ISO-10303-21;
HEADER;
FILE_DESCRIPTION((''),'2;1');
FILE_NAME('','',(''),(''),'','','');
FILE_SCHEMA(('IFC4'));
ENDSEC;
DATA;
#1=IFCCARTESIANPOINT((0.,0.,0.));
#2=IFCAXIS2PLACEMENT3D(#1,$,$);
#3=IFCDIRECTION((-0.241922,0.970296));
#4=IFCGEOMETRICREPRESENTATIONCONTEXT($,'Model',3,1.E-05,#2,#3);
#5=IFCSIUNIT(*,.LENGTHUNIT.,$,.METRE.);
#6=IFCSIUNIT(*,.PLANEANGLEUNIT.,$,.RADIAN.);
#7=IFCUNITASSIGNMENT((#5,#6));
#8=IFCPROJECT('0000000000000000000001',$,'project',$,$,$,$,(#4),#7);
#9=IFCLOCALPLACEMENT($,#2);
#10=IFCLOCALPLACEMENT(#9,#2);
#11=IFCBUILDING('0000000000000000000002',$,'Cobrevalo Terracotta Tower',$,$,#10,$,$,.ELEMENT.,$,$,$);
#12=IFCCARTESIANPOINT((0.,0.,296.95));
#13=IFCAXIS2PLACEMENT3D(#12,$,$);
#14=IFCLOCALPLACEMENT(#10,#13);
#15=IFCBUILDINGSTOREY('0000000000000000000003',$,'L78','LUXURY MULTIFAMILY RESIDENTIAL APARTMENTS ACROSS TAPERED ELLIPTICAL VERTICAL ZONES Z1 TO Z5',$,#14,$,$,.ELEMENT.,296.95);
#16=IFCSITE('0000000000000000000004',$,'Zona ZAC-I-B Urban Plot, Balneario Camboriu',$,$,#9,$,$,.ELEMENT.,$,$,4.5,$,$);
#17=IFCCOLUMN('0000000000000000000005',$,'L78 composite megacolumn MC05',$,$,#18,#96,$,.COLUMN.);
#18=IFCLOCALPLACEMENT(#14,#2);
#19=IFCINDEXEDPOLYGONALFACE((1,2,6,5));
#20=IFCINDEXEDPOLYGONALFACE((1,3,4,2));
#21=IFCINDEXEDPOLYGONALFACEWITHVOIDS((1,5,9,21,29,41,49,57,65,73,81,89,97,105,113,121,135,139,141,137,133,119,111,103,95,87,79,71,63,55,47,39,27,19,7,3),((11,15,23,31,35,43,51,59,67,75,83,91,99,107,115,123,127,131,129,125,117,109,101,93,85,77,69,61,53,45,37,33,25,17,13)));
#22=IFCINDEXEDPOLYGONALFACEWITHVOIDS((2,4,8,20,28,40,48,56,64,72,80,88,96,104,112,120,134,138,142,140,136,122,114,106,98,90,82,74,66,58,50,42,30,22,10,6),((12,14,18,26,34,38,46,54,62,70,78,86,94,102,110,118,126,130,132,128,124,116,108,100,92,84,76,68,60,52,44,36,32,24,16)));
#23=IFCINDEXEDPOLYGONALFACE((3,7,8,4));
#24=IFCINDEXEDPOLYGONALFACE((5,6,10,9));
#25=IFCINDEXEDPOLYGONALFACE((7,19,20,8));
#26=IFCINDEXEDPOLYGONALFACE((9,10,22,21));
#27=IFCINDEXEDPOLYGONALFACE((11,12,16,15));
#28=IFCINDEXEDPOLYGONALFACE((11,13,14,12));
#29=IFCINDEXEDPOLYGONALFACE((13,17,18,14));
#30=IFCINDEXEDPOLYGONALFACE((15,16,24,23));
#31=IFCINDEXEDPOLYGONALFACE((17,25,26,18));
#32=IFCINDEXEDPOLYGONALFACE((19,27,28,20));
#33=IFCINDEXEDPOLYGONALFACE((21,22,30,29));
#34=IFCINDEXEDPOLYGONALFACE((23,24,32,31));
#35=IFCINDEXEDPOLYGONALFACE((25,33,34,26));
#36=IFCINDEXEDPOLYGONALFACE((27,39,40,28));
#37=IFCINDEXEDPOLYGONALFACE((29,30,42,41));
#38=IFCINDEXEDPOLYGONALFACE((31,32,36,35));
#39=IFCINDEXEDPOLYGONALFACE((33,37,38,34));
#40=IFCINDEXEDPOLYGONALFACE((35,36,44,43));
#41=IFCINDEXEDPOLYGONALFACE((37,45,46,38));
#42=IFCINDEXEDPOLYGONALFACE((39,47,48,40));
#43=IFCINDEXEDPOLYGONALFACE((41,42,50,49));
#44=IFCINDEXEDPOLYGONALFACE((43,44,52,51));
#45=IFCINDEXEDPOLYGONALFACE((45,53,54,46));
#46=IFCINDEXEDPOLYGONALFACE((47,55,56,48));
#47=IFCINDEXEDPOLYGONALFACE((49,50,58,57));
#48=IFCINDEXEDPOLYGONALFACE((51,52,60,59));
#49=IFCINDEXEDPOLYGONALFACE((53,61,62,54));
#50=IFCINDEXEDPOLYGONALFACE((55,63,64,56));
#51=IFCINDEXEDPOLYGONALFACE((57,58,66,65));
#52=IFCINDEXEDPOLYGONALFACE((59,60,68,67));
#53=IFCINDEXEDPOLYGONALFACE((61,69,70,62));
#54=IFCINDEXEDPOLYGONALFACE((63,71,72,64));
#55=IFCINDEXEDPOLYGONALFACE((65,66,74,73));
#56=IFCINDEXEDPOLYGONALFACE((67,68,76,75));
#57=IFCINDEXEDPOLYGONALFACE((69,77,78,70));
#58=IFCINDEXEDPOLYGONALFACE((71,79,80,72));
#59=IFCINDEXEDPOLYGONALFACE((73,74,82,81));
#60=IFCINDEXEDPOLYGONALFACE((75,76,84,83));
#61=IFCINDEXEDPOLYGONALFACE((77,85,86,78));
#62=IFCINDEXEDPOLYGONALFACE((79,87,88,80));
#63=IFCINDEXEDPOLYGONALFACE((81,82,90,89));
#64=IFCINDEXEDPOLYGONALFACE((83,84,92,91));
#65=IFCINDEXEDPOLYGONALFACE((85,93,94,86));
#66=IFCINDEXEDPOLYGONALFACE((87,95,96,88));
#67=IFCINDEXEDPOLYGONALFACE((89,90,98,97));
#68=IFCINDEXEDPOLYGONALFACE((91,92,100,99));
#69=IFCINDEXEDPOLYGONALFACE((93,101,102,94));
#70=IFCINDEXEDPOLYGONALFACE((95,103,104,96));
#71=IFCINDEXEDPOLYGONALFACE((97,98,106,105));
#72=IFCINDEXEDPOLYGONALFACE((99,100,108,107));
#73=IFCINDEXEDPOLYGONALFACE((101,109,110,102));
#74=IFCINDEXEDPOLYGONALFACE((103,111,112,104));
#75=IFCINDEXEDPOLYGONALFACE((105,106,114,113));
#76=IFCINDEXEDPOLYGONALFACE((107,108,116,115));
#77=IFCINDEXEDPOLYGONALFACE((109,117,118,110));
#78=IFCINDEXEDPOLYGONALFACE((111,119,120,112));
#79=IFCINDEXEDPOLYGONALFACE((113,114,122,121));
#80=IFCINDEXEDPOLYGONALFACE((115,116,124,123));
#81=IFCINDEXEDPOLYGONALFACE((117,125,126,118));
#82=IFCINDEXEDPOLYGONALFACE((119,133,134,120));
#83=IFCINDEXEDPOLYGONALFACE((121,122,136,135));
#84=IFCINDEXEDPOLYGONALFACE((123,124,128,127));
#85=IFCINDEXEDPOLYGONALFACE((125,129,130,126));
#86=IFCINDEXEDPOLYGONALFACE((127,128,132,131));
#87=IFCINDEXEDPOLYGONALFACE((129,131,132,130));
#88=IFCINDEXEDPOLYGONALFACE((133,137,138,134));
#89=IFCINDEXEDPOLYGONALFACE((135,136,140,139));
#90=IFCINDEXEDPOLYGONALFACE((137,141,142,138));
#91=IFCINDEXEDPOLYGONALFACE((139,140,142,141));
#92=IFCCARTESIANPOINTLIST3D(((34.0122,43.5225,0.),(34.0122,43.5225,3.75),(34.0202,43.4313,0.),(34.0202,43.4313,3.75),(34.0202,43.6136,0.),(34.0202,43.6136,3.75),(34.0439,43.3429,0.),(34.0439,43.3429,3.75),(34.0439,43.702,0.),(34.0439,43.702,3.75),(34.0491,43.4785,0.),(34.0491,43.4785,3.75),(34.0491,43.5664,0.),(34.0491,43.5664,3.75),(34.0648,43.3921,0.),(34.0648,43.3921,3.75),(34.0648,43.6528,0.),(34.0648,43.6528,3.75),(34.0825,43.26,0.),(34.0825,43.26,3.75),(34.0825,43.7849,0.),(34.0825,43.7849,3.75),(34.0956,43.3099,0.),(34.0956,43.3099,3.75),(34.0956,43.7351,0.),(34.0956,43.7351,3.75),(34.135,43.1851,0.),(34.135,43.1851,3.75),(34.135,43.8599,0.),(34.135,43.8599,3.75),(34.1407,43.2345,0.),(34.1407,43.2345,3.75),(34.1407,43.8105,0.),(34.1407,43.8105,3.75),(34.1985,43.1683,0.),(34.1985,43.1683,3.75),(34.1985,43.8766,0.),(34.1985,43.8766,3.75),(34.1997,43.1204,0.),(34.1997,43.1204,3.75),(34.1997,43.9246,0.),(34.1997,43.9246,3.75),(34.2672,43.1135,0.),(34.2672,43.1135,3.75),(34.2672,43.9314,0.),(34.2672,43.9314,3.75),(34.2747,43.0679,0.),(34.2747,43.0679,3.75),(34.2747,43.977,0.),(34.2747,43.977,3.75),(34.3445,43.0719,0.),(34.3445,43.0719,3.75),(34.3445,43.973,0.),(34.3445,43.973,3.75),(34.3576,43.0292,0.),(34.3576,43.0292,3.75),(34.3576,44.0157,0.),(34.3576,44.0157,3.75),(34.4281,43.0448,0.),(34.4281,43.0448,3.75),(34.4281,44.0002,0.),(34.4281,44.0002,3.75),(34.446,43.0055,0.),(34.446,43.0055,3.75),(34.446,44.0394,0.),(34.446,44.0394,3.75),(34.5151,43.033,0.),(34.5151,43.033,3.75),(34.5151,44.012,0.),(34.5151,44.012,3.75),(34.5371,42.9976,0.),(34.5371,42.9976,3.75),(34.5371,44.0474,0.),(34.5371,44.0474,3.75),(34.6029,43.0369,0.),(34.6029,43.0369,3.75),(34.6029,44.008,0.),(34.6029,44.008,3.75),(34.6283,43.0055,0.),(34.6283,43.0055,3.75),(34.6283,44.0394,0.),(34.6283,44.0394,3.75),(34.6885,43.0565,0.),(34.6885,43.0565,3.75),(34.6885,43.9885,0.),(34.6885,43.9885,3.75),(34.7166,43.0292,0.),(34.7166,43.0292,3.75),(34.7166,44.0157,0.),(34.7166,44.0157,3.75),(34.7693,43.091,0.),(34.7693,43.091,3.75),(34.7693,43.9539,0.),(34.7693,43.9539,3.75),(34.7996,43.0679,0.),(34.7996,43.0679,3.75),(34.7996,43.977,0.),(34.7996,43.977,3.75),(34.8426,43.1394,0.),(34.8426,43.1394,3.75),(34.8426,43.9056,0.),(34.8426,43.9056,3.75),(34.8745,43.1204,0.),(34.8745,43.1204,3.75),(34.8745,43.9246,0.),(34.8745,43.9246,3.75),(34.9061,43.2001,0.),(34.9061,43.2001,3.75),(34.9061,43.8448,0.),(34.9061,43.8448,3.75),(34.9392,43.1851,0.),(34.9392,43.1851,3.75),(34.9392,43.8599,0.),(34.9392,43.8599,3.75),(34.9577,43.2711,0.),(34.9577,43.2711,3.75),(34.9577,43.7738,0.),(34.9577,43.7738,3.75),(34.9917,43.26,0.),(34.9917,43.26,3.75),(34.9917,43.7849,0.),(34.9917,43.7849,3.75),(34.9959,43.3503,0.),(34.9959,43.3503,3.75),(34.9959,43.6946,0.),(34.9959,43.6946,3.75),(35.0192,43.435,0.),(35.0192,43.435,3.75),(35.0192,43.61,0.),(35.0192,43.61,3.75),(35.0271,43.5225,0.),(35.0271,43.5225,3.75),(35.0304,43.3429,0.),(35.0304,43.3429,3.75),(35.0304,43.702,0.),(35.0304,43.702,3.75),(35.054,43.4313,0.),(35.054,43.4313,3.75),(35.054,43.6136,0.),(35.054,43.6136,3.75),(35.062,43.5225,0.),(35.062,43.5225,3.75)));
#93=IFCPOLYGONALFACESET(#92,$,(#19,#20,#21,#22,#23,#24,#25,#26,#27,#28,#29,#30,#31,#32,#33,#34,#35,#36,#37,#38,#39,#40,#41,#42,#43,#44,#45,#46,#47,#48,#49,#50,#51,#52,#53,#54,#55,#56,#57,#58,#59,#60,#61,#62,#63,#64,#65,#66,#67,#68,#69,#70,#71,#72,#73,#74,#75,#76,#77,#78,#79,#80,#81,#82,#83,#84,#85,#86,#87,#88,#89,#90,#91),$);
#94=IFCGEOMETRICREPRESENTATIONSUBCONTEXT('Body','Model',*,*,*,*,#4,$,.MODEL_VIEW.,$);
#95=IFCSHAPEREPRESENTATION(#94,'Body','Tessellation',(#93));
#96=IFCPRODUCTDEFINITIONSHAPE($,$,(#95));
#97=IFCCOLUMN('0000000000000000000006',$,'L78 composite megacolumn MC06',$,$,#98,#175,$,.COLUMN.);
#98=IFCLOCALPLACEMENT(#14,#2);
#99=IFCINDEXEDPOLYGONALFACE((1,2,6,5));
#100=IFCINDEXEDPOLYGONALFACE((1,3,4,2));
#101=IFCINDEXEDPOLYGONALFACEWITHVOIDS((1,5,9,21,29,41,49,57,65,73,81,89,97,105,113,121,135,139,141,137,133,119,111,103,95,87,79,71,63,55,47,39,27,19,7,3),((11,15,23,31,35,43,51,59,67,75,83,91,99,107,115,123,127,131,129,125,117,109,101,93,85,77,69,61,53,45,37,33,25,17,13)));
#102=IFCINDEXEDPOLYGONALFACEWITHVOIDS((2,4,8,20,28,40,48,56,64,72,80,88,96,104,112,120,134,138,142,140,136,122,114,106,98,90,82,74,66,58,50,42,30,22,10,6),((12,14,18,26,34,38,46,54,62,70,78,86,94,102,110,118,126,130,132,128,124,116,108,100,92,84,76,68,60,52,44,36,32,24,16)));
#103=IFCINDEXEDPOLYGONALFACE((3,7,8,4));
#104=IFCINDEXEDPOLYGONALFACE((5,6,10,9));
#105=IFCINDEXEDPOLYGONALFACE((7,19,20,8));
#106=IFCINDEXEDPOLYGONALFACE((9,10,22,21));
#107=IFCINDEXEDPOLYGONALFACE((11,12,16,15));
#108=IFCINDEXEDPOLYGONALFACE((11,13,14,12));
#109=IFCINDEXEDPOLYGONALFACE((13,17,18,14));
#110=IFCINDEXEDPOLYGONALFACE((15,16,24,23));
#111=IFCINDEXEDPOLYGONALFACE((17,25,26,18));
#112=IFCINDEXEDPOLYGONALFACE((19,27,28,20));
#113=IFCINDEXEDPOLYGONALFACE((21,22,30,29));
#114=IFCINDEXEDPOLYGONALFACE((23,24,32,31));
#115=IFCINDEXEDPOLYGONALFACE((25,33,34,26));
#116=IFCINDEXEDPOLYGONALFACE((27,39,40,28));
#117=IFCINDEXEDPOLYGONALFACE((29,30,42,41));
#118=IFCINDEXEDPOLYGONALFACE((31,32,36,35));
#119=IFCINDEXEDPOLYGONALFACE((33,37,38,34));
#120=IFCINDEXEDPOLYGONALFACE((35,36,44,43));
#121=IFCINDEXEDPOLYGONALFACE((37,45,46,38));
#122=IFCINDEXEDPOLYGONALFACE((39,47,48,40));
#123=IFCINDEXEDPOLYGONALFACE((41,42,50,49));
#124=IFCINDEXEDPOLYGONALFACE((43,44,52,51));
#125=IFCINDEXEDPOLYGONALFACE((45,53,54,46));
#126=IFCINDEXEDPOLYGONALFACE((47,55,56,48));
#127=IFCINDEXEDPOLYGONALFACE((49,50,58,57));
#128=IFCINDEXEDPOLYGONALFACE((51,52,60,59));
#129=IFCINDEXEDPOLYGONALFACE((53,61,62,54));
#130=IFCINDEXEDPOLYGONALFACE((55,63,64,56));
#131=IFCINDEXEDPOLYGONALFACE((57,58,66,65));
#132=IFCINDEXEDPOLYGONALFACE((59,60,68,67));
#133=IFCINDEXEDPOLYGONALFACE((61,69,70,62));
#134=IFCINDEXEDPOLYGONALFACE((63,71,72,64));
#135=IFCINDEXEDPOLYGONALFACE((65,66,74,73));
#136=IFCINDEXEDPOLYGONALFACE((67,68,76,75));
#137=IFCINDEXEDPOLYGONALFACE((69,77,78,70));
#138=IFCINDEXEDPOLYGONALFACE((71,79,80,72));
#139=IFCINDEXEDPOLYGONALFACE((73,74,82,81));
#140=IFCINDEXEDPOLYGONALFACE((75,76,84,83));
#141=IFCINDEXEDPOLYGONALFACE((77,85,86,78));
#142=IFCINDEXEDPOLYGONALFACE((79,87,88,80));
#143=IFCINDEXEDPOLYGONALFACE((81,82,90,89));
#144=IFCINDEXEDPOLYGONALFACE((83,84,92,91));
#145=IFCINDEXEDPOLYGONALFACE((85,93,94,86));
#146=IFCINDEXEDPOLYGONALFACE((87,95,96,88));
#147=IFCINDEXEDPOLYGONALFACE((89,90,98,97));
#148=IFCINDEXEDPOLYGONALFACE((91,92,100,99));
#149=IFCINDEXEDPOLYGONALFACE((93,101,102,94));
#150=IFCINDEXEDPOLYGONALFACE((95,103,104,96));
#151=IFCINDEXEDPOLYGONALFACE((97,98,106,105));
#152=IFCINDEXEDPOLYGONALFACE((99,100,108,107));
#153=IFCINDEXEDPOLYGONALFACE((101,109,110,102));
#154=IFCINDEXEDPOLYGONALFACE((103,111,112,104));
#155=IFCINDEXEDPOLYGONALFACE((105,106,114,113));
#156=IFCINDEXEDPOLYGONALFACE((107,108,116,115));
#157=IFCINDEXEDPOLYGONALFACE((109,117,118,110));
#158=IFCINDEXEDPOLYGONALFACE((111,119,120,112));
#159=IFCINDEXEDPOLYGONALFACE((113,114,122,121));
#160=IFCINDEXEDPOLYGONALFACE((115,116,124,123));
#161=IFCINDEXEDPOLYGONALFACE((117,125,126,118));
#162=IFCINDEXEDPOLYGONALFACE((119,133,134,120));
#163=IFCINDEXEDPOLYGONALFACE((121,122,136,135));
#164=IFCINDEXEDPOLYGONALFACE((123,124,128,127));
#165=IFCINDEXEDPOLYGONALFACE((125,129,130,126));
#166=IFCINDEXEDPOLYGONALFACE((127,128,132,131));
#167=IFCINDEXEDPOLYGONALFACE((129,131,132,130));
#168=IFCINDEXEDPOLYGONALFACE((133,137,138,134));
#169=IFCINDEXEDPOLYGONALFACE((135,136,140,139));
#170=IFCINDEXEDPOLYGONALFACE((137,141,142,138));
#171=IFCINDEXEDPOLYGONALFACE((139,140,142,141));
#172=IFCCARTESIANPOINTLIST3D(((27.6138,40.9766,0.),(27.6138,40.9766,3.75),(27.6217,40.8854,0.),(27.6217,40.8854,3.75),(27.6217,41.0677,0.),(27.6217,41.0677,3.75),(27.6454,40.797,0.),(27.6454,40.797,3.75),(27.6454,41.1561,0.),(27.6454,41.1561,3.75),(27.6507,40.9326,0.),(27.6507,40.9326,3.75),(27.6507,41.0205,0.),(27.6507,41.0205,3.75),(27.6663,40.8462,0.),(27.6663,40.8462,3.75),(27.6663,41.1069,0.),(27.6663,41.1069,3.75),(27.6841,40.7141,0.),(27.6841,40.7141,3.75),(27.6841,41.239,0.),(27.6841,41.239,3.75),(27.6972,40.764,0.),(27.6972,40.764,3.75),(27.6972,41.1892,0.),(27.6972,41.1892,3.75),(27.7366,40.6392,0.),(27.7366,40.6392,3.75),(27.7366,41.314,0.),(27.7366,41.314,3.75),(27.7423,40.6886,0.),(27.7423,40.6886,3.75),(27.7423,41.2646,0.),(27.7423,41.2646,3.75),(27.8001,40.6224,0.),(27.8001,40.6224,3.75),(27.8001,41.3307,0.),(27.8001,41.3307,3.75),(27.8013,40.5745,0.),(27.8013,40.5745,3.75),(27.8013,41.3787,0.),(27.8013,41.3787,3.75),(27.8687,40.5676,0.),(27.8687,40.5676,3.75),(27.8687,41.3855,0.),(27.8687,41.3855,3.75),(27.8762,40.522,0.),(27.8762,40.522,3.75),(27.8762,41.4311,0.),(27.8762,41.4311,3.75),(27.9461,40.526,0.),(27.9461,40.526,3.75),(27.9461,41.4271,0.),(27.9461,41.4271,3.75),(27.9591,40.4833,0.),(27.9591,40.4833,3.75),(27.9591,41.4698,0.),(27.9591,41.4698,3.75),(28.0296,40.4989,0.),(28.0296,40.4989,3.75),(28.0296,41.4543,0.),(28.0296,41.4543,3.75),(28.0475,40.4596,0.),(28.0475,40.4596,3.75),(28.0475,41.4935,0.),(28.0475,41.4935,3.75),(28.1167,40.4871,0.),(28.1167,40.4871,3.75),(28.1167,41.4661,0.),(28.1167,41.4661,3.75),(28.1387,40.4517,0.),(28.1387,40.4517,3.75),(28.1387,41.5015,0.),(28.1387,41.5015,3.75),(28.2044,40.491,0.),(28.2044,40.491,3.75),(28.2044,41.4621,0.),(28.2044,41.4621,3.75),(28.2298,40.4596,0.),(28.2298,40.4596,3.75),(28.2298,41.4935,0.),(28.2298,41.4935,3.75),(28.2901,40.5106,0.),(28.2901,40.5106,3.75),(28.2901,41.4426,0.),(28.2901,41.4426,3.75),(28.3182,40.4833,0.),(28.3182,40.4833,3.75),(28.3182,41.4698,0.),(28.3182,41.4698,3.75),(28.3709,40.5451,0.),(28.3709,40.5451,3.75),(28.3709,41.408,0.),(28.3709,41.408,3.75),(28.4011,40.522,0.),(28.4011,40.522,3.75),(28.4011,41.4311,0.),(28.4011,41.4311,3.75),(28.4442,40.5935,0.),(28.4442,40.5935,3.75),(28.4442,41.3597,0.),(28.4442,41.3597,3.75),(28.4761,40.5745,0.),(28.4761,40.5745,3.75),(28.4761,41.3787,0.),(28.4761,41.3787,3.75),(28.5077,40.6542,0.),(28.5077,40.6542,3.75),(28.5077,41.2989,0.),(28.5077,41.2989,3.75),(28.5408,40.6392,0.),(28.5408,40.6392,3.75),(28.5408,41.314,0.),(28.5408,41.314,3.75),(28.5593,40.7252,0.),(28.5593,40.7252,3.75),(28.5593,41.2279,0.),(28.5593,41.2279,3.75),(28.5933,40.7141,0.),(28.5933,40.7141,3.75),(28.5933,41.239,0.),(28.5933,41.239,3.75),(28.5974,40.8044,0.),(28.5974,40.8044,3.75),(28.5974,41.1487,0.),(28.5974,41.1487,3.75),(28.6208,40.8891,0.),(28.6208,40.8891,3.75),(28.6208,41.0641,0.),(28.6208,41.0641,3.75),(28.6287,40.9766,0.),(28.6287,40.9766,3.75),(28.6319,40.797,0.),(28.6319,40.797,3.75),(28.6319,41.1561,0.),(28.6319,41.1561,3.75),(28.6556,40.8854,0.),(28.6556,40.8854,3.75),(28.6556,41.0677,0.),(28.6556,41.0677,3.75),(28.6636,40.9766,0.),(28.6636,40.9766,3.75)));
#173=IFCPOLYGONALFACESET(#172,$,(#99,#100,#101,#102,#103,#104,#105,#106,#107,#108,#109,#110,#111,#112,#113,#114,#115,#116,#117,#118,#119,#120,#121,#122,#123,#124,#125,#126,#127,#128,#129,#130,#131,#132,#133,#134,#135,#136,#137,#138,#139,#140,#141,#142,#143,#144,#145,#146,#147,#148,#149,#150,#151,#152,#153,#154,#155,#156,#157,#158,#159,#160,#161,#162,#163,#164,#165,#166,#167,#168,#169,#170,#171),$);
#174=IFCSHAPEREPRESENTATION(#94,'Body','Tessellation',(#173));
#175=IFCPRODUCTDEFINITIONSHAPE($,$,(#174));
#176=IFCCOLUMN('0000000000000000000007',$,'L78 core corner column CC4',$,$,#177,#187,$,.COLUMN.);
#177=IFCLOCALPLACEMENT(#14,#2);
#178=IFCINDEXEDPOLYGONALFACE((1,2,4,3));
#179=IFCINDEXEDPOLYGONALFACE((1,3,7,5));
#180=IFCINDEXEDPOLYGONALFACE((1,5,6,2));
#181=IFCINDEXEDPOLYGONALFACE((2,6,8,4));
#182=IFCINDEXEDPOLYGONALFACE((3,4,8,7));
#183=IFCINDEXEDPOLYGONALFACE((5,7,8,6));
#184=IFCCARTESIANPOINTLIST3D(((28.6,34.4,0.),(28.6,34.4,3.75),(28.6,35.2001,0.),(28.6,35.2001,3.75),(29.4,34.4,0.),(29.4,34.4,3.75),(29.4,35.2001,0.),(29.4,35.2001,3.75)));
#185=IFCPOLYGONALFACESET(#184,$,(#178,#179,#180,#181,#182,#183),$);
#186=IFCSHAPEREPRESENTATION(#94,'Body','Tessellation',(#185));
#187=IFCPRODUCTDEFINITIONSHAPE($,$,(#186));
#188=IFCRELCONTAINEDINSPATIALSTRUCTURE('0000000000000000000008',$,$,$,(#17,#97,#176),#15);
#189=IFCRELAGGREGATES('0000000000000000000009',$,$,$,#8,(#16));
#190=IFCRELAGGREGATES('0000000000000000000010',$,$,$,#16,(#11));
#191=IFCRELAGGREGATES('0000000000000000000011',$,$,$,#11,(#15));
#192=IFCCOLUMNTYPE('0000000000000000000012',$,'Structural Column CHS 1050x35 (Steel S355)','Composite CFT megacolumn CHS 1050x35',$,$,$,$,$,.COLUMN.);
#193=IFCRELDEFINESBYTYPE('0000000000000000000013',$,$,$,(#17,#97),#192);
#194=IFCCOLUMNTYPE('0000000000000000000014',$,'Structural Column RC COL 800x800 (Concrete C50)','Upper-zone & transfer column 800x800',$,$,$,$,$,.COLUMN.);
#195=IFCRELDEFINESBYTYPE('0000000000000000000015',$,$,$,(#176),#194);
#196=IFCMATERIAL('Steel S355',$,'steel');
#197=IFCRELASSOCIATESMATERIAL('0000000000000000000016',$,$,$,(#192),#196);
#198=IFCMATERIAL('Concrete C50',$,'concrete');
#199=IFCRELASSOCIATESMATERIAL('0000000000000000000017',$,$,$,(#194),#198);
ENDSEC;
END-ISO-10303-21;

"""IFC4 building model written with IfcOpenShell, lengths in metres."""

from ifc_helpers import new_model, si_unit, direction, frame, origin, origin_2d, place, context, subcontext, project, spatial, rectangle, hollow_circle, extrude, material, material_profile, profile_set, type_object, element, save


model = new_model("IFC4")

# Units and contexts
model_context = context("Model", 3, precision=1e-05, world=origin(), true_north=direction((-0.241922, 0.970296)))
body_context = subcontext(model_context, "Body", "Model", "MODEL_VIEW")
ifc_project = project(units=[si_unit("LENGTHUNIT", "METRE"), si_unit("PLANEANGLEUNIT", "RADIAN")], contexts=[model_context])

# Site, building, storey
site_placement = place(None, origin())
site = spatial("IfcSite", under=ifc_project, at=site_placement, Name="Zona ZAC-I-B Urban Plot, Balneario Camboriu", CompositionType="ELEMENT", RefElevation=4.5)
building_placement = place(site_placement, origin())
building = spatial("IfcBuilding", under=site, at=building_placement, Name="Cobrevalo Terracotta Tower", CompositionType="ELEMENT")
storey_placement = place(building_placement, frame((0.0, 0.0, 296.95)))
storey = spatial("IfcBuildingStorey", under=building, at=storey_placement, Name="L78", Description="LUXURY MULTIFAMILY RESIDENTIAL APARTMENTS ACROSS TAPERED ELLIPTICAL VERTICAL ZONES Z1 TO Z5", CompositionType="ELEMENT", Elevation=296.95)

# Columns
ifc_material_1 = material(Name="Steel S355", Category="steel")
ifc_material_profile_1 = material_profile(ifc_material_1, hollow_circle(Radius=0.5249, WallThickness=0.0349, at=origin_2d()), Name="CHS 1050x35")
ifc_profile_set_1 = profile_set([ifc_material_profile_1], Name="Steel S355")
column_type_1 = type_object("IfcColumnType", Name="Structural Column CHS 1050x35 (Steel S355)", Description="Composite CFT megacolumn CHS 1050x35", PredefinedType="COLUMN", material=ifc_profile_set_1)
for number, where, z_axis, x_axis, name in (
    (1, (34.5371, 43.5225, 0.0), (0.0, 0.0, 1.0), (1.0, 0.0, 0.0), "L78 composite megacolumn MC05"),
    (2, (28.1387, 40.9766, 0.0), (0.0, 0.0, 1.0), (1.0, 0.0, 0.0), "L78 composite megacolumn MC06"),
):
    element("IfcColumn", number, at=place(storey_placement, frame(where, z_axis=z_axis, x_axis=x_axis)), inside=storey, type_object=column_type_1, Name=name, PredefinedType="COLUMN", context=body_context, shape_type="SweptSolid", body=[
        extrude(hollow_circle(Radius=0.5249, WallThickness=0.0349, at=origin_2d()), origin(), (0.0, 0.0, 1.0), 3.75),
    ])
ifc_material_2 = material(Name="Concrete C50", Category="concrete")
ifc_material_profile_2 = material_profile(ifc_material_2, rectangle(XDim=0.8, YDim=0.8, at=origin_2d()), Name="RC COL 800x800")
ifc_profile_set_2 = profile_set([ifc_material_profile_2], Name="Concrete C50")
column_type_2 = type_object("IfcColumnType", Name="Structural Column RC COL 800x800 (Concrete C50)", Description="Upper-zone & transfer column 800x800", PredefinedType="COLUMN", material=ifc_profile_set_2)
column_placement = place(storey_placement, frame((29.0, 34.8, 0.0), z_axis=(0.0, 0.0, 1.0), x_axis=(1.0, 0.0, 0.0)))
element("IfcColumn", 3, at=column_placement, inside=storey, type_object=column_type_2, Name="L78 core corner column CC4", PredefinedType="COLUMN", context=body_context, shape_type="SweptSolid", body=[
    extrude(rectangle(XDim=0.8, YDim=0.8, at=origin_2d()), origin(), (0.0, 0.0, 1.0), 3.75),
])

save(model, "model.ifc")
